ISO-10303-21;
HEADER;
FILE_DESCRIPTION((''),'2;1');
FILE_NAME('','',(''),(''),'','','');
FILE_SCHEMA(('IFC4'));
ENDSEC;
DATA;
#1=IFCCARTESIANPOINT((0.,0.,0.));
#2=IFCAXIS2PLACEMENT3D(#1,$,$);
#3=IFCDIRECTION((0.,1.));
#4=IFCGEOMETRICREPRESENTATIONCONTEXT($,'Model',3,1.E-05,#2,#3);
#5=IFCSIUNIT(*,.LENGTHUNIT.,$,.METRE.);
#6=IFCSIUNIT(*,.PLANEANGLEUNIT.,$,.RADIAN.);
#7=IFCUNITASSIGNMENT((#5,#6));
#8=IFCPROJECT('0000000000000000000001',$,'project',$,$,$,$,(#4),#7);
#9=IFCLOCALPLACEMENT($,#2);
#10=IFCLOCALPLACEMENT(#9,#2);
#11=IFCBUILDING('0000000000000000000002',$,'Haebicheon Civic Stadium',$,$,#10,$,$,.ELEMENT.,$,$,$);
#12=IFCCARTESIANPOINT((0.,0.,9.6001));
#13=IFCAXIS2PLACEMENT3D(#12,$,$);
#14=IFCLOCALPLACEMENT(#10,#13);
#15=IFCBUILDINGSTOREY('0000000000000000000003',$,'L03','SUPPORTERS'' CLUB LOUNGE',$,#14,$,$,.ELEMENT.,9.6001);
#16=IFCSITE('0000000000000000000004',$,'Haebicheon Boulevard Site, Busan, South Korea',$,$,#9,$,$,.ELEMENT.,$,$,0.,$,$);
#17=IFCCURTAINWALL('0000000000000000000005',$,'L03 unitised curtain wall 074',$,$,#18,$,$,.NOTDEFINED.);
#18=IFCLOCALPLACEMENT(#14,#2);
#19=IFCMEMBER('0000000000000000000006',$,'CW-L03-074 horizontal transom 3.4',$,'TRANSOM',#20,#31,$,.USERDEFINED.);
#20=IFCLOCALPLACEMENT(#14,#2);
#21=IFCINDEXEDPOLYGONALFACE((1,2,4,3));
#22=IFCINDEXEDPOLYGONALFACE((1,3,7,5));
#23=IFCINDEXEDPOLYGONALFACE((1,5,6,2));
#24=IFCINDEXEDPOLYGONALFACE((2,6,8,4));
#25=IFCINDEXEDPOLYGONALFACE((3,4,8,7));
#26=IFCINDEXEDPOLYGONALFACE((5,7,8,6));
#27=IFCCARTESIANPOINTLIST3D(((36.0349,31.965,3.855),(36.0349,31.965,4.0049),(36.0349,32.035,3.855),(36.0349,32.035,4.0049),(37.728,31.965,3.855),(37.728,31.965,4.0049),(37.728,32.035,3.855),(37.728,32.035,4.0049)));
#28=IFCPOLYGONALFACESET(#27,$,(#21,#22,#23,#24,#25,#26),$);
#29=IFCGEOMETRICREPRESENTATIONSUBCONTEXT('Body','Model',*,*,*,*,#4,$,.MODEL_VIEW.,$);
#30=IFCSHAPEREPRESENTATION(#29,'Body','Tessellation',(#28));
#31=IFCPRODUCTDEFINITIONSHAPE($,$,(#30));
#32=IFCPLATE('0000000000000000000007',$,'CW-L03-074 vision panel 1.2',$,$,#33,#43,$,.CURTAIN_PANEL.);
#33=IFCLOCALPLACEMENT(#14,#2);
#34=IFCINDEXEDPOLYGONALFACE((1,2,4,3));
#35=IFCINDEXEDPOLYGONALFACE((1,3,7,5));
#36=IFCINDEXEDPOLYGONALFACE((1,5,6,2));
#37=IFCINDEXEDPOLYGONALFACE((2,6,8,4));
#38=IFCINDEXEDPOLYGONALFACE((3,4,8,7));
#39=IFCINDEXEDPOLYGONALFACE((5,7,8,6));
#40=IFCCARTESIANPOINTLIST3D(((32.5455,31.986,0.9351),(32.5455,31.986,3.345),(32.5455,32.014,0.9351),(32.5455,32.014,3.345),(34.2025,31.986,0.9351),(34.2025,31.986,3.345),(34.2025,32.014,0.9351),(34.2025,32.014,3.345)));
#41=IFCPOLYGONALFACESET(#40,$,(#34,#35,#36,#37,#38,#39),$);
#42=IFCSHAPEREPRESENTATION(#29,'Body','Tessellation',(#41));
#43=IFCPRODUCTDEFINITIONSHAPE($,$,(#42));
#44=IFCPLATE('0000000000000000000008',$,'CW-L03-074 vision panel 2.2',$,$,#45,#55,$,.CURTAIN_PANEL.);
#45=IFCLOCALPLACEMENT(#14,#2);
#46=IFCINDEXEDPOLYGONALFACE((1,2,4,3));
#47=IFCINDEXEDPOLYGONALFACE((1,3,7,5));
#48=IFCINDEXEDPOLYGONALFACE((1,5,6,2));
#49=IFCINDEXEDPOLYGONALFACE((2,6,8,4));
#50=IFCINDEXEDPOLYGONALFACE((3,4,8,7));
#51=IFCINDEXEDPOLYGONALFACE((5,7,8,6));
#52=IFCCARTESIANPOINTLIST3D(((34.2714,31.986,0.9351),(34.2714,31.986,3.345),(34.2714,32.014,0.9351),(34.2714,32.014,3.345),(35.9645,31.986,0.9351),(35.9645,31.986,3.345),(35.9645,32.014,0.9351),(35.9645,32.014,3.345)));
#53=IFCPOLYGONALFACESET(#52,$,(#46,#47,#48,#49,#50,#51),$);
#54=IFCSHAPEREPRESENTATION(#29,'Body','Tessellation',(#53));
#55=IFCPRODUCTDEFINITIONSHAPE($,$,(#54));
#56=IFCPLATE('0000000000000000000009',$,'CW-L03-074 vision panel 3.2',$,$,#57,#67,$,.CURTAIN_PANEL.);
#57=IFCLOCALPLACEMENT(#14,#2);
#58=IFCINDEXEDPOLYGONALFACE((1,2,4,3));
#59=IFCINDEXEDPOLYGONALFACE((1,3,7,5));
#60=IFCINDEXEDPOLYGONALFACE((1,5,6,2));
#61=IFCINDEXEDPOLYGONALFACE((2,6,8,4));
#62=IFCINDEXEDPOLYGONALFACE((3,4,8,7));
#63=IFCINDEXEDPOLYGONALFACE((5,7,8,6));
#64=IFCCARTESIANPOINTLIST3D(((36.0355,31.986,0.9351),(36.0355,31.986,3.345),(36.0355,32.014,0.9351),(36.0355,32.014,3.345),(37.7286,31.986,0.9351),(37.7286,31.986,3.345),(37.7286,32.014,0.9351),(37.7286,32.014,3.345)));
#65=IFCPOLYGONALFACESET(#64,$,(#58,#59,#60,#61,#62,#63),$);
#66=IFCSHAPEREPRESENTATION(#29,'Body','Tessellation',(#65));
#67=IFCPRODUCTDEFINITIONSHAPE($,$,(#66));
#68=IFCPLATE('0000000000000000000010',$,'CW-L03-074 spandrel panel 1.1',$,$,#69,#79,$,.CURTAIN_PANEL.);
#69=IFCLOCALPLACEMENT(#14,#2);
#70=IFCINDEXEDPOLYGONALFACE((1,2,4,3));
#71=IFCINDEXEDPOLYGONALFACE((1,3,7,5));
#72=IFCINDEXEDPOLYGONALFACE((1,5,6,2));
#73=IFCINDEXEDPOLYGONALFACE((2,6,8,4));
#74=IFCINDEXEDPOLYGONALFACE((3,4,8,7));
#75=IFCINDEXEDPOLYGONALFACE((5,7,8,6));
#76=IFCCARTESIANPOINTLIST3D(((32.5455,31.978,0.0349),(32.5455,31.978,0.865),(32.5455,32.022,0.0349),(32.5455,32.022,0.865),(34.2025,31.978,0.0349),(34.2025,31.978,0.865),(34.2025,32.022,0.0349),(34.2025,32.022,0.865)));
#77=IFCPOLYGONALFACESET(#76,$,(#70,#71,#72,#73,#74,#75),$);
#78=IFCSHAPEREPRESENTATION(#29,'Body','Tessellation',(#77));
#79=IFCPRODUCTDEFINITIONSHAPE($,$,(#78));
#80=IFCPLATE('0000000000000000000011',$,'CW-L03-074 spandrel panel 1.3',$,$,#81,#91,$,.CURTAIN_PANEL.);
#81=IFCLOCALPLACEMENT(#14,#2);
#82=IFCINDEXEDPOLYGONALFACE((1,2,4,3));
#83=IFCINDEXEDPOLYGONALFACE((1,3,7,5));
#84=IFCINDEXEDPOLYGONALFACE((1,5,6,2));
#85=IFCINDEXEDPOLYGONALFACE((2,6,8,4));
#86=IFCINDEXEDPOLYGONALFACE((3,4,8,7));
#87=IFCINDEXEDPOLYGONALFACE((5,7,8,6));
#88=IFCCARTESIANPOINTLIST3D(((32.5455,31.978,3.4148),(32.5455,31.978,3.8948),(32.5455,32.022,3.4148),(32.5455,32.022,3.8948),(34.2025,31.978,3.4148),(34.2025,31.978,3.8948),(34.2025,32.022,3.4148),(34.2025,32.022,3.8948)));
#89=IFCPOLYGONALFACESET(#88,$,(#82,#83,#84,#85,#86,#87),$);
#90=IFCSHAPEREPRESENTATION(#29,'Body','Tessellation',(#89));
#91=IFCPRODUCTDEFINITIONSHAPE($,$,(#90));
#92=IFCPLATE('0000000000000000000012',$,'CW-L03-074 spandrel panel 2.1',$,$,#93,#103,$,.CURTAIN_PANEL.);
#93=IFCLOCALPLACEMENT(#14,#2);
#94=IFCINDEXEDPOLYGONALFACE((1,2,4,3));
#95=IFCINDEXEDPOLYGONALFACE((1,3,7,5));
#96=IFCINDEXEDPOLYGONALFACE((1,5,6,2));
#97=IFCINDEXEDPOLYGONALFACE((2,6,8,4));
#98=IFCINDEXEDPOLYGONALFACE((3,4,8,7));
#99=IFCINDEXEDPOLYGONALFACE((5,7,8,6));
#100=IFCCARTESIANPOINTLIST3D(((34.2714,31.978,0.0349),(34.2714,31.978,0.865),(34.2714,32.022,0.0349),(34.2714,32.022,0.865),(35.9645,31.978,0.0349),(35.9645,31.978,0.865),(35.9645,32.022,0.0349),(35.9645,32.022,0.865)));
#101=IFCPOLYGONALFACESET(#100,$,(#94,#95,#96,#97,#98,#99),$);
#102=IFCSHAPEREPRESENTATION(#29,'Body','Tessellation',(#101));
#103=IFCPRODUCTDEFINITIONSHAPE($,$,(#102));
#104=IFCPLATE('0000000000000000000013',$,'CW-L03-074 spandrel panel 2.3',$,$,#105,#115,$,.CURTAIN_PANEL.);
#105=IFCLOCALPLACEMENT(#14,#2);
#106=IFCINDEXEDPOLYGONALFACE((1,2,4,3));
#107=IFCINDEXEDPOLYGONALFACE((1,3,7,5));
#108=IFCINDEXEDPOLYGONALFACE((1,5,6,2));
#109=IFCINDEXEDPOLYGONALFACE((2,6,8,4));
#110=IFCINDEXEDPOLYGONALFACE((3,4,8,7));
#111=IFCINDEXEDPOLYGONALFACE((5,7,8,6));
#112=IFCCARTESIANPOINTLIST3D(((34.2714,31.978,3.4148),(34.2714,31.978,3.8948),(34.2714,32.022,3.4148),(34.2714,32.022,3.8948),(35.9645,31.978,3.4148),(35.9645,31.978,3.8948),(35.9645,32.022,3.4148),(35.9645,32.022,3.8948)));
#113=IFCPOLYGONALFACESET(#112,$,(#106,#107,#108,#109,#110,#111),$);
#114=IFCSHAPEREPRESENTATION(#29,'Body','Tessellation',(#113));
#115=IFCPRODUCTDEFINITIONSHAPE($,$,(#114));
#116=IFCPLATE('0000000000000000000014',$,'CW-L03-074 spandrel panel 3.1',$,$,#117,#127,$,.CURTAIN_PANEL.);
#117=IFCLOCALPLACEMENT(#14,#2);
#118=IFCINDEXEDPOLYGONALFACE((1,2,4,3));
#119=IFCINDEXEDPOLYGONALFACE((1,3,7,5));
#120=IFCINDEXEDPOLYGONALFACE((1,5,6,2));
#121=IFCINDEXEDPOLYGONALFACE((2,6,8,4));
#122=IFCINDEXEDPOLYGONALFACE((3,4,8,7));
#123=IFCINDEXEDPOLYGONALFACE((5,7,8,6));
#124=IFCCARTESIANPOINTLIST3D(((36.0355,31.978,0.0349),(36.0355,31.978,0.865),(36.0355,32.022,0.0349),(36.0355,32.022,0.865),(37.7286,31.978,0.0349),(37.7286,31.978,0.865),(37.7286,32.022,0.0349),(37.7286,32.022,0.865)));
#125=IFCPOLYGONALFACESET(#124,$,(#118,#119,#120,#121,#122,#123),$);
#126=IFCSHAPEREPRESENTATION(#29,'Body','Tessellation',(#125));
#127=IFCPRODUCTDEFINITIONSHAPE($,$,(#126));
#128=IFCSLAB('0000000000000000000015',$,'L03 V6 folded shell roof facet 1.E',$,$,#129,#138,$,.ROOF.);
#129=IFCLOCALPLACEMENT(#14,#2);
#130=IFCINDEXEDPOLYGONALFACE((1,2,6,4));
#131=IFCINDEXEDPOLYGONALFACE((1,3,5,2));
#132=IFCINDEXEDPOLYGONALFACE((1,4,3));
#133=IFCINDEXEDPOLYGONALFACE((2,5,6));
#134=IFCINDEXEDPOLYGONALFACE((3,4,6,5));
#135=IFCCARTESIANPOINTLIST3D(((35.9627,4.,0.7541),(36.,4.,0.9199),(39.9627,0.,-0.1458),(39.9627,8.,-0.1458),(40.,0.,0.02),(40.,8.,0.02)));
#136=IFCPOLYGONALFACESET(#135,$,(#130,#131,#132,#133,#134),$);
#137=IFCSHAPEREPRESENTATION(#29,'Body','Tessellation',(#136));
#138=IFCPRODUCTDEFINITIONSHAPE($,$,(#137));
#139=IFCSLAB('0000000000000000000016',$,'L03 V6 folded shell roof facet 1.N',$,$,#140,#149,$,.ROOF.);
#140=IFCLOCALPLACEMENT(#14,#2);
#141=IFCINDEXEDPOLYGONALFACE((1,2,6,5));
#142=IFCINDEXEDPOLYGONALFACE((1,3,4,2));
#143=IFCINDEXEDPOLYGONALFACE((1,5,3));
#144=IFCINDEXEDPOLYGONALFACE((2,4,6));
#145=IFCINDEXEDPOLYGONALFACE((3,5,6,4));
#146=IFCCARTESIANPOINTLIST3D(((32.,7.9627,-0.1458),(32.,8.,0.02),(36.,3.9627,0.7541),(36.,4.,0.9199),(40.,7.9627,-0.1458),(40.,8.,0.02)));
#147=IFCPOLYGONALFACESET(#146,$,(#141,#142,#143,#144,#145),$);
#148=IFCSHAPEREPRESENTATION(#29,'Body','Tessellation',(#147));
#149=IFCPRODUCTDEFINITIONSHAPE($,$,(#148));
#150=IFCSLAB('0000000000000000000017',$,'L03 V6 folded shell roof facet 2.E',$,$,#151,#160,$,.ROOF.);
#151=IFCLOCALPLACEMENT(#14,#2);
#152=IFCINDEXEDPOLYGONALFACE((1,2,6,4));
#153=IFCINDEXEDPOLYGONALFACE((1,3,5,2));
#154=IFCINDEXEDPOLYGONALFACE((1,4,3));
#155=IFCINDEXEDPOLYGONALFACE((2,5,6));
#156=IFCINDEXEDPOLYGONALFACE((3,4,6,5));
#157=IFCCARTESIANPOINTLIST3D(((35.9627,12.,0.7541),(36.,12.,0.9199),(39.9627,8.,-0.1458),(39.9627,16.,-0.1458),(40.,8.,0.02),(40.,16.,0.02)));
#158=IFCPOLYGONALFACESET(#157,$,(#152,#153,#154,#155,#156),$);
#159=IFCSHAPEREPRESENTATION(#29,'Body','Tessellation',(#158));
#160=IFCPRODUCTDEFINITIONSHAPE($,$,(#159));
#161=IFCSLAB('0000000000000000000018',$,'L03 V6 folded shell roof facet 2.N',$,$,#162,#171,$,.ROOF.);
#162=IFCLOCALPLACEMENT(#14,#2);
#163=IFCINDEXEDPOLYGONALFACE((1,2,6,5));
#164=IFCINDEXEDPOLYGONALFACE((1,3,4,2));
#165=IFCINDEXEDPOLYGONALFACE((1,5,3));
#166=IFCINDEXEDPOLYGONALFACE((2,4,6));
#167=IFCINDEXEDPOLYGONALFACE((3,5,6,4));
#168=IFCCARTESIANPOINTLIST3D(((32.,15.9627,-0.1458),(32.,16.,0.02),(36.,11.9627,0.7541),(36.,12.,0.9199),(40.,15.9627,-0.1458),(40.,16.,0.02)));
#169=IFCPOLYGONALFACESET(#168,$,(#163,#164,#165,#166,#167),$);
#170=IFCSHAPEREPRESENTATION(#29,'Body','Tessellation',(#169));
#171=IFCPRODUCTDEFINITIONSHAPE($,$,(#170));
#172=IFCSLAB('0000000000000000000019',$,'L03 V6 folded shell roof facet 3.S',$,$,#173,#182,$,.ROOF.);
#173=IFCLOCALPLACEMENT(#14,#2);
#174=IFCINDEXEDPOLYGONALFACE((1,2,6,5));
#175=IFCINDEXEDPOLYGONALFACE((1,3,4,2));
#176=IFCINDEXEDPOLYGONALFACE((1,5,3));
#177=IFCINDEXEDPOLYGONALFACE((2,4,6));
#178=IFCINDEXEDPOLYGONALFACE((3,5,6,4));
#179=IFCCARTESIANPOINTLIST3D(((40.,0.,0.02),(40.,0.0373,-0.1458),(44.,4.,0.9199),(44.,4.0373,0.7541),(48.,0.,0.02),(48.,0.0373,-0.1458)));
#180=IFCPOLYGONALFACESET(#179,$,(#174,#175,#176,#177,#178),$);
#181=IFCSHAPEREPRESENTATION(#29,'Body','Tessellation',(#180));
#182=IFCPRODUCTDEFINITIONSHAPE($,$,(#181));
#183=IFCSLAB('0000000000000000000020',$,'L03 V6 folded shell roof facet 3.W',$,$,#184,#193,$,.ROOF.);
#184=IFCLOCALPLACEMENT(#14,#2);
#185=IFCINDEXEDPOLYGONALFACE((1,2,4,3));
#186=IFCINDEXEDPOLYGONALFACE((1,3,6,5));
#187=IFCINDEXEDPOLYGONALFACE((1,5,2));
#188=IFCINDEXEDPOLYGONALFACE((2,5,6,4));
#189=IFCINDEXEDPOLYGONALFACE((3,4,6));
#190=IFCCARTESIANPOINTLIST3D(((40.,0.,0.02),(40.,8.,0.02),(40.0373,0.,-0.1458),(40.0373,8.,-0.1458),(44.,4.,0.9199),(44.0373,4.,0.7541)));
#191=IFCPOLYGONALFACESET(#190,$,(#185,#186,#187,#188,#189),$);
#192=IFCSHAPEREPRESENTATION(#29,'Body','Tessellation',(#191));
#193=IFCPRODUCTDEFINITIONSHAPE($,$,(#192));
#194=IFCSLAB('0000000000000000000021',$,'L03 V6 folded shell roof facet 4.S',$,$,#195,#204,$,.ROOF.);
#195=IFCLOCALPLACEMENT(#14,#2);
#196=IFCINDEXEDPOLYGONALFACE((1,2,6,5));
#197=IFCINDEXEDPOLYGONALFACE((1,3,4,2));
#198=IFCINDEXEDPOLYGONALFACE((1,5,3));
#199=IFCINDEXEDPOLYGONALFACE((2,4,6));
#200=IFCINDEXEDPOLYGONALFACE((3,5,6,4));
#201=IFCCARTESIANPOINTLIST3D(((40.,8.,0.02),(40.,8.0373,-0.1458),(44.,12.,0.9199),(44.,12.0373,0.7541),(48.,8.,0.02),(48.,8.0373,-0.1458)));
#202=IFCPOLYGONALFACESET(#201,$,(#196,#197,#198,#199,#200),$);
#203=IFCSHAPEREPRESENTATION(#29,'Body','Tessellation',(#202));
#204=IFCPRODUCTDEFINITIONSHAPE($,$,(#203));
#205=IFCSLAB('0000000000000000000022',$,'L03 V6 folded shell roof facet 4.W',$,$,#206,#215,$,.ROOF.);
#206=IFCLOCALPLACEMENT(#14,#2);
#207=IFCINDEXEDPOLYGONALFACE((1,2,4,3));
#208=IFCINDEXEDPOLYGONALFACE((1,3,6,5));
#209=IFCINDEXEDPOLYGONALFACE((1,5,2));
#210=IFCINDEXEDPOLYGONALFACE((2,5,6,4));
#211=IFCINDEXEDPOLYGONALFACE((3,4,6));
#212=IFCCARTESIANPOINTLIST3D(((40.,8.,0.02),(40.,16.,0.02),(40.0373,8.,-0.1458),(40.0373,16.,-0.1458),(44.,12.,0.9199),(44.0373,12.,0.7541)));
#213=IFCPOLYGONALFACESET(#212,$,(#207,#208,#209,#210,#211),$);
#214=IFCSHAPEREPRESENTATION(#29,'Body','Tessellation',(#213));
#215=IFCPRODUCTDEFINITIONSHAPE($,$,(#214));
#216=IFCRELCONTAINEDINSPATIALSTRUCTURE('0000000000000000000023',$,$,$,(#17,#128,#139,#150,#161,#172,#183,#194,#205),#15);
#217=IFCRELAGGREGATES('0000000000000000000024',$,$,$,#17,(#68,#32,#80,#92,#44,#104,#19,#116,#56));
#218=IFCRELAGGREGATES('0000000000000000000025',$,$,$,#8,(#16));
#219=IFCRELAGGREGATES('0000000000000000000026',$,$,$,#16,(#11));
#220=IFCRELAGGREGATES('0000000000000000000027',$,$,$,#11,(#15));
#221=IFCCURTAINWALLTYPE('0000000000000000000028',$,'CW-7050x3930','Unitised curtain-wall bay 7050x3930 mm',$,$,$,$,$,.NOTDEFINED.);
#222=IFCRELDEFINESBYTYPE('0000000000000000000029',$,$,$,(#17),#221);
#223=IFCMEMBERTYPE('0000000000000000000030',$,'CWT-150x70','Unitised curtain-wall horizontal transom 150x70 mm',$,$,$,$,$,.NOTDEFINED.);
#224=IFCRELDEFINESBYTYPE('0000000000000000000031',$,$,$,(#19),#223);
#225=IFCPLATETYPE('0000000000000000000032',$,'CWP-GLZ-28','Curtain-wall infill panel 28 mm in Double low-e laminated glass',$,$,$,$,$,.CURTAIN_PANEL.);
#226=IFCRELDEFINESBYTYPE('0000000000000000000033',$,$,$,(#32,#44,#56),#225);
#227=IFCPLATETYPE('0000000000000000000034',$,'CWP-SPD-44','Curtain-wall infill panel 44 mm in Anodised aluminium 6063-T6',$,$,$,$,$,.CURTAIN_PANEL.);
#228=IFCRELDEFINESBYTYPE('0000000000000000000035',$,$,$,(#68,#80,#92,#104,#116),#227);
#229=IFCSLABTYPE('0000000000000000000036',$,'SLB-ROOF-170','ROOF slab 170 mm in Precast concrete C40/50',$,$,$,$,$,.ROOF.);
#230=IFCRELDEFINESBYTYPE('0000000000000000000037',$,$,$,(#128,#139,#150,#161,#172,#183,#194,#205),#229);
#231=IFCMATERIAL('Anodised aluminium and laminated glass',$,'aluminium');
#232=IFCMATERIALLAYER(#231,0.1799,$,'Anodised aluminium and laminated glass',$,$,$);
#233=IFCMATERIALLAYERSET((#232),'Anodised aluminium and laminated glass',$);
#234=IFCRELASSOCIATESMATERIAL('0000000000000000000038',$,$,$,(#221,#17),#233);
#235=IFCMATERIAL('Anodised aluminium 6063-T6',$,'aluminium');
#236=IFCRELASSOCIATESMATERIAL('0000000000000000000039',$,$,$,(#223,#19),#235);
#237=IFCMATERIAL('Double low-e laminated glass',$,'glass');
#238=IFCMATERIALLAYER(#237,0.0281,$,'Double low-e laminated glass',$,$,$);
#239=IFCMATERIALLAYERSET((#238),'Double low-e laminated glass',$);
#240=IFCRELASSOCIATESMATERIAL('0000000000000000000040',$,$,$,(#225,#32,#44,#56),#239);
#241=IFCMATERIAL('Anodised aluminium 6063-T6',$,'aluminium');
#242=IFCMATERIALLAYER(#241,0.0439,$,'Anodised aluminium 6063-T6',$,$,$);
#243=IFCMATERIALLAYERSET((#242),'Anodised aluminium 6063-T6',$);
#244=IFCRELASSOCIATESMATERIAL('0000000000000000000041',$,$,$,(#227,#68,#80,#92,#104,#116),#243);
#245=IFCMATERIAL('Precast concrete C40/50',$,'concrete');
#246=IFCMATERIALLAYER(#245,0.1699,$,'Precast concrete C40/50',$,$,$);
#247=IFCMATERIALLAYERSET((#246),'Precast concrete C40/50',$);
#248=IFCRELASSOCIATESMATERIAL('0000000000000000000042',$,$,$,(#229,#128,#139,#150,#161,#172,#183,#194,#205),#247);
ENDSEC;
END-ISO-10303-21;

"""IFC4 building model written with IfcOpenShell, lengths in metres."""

from ifc_helpers import new_model, si_unit, direction, frame, origin, origin_2d, place, context, subcontext, project, spatial, polyline, rectangle, outline, extrude, material, layer, layer_set, material_profile, profile_set, type_object, element, aggregate, save


model = new_model("IFC4")

# Units and contexts
model_context = context("Model", 3, precision=1e-05, world=origin(), true_north=direction((0.0, 1.0)))
body_context = subcontext(model_context, "Body", "Model", "MODEL_VIEW")
ifc_project = project(units=[si_unit("LENGTHUNIT", "METRE"), si_unit("PLANEANGLEUNIT", "RADIAN")], contexts=[model_context])

# Site, building, storey
site_placement = place(None, origin())
site = spatial("IfcSite", under=ifc_project, at=site_placement, Name="Haebicheon Boulevard Site, Busan, South Korea", CompositionType="ELEMENT", RefElevation=0.0)
building_placement = place(site_placement, origin())
building = spatial("IfcBuilding", under=site, at=building_placement, Name="Haebicheon Civic Stadium", CompositionType="ELEMENT")
storey_placement = place(building_placement, frame((0.0, 0.0, 9.6001)))
storey = spatial("IfcBuildingStorey", under=building, at=storey_placement, Name="L03", Description="SUPPORTERS' CLUB LOUNGE", CompositionType="ELEMENT", Elevation=9.6001)

# Curtain wall, member, plates
ifc_material_1 = material(Name="Anodised aluminium and laminated glass", Category="aluminium")
ifc_layer_1 = layer(ifc_material_1, 0.1799, Name="Anodised aluminium and laminated glass")
ifc_layer_set_1 = layer_set([ifc_layer_1], Name="Anodised aluminium and laminated glass")
curtain_wall_type = type_object("IfcCurtainWallType", Name="CW-7050x3930", Description="Unitised curtain-wall bay 7050x3930 mm", PredefinedType="NOTDEFINED", material=ifc_layer_set_1)
curtain_wall_placement = place(storey_placement, origin())
curtain_wall = element("IfcCurtainWall", 1, at=curtain_wall_placement, inside=storey, type_object=curtain_wall_type, material=ifc_layer_set_1, Name="L03 unitised curtain wall 074", PredefinedType="NOTDEFINED")
ifc_material_2 = material(Name="Anodised aluminium 6063-T6", Category="aluminium")
ifc_material_profile_1 = material_profile(ifc_material_2, rectangle(XDim=0.0701, YDim=0.1499, at=origin_2d()), Name="ALU-TRAN-70x150")
ifc_profile_set_1 = profile_set([ifc_material_profile_1], Name="Anodised aluminium 6063-T6")
member_type_1 = type_object("IfcMemberType", Name="CWT-150x70", Description="Unitised curtain-wall horizontal transom 150x70 mm", PredefinedType="NOTDEFINED", material=ifc_profile_set_1)
member_1_placement = place(storey_placement, frame((36.0349, 32.0, 3.9299), z_axis=(1.0, 0.0, 0.0), x_axis=(0.0, 1.0, 0.0)))
member_1 = element("IfcMember", 2, at=member_1_placement, type_object=member_type_1, material=ifc_profile_set_1, Name="CW-L03-074 horizontal transom 3.4", ObjectType="TRANSOM", PredefinedType="USERDEFINED", context=body_context, shape_type="SweptSolid", body=[
    extrude(rectangle(XDim=0.0701, YDim=0.1499, at=origin_2d()), origin(), (0.0, 0.0, 1.0), 1.6931),
])
ifc_material_3 = material(Name="Double low-e laminated glass", Category="glass")
ifc_layer_2 = layer(ifc_material_3, 0.0281, Name="Double low-e laminated glass")
ifc_layer_set_2 = layer_set([ifc_layer_2], Name="Double low-e laminated glass")
plate_type_1 = type_object("IfcPlateType", Name="CWP-GLZ-28", Description="Curtain-wall infill panel 28 mm in Double low-e laminated glass", PredefinedType="CURTAIN_PANEL", material=ifc_layer_set_2)
plate_1_placement = place(storey_placement, frame((33.374, 32.0, 0.9351), z_axis=(0.0, 0.0, 1.0), x_axis=(1.0, 0.0, 0.0)))
plate_1 = element("IfcPlate", 3, at=plate_1_placement, type_object=plate_type_1, material=ifc_layer_set_2, Name="CW-L03-074 vision panel 1.2", PredefinedType="CURTAIN_PANEL", context=body_context, shape_type="SweptSolid", body=[
    extrude(rectangle(XDim=1.657, YDim=0.0281, at=origin_2d()), origin(), (0.0, 0.0, 1.0), 2.4099),
])
plate_2_placement = place(storey_placement, frame((35.1179, 32.0, 0.9351), z_axis=(0.0, 0.0, 1.0), x_axis=(1.0, 0.0, 0.0)))
plate_2 = element("IfcPlate", 4, at=plate_2_placement, type_object=plate_type_1, material=ifc_layer_set_2, Name="CW-L03-074 vision panel 2.2", PredefinedType="CURTAIN_PANEL", context=body_context, shape_type="SweptSolid", body=[
    extrude(rectangle(XDim=1.6931, YDim=0.0281, at=origin_2d()), origin(), (0.0, 0.0, 1.0), 2.4099),
])
plate_3_placement = place(storey_placement, frame((36.8821, 32.0, 0.9351), z_axis=(0.0, 0.0, 1.0), x_axis=(1.0, 0.0, 0.0)))
plate_3 = element("IfcPlate", 5, at=plate_3_placement, type_object=plate_type_1, material=ifc_layer_set_2, Name="CW-L03-074 vision panel 3.2", PredefinedType="CURTAIN_PANEL", context=body_context, shape_type="SweptSolid", body=[
    extrude(rectangle(XDim=1.6931, YDim=0.0281, at=origin_2d()), origin(), (0.0, 0.0, 1.0), 2.4099),
])
ifc_material_4 = material(Name="Anodised aluminium 6063-T6", Category="aluminium")
ifc_layer_3 = layer(ifc_material_4, 0.0439, Name="Anodised aluminium 6063-T6")
ifc_layer_set_3 = layer_set([ifc_layer_3], Name="Anodised aluminium 6063-T6")
plate_type_2 = type_object("IfcPlateType", Name="CWP-SPD-44", Description="Curtain-wall infill panel 44 mm in Anodised aluminium 6063-T6", PredefinedType="CURTAIN_PANEL", material=ifc_layer_set_3)
plate_4_placement = place(storey_placement, frame((33.374, 32.0, 0.0349), z_axis=(0.0, 0.0, 1.0), x_axis=(1.0, 0.0, 0.0)))
plate_4 = element("IfcPlate", 6, at=plate_4_placement, type_object=plate_type_2, material=ifc_layer_set_3, Name="CW-L03-074 spandrel panel 1.1", PredefinedType="CURTAIN_PANEL", context=body_context, shape_type="SweptSolid", body=[
    extrude(rectangle(XDim=1.657, YDim=0.0439, at=origin_2d()), origin(), (0.0, 0.0, 1.0), 0.8301),
])
plate_5_placement = place(storey_placement, frame((33.374, 32.0, 3.4148), z_axis=(0.0, 0.0, 1.0), x_axis=(1.0, 0.0, 0.0)))
plate_5 = element("IfcPlate", 7, at=plate_5_placement, type_object=plate_type_2, material=ifc_layer_set_3, Name="CW-L03-074 spandrel panel 1.3", PredefinedType="CURTAIN_PANEL", context=body_context, shape_type="SweptSolid", body=[
    extrude(rectangle(XDim=1.657, YDim=0.0439, at=origin_2d()), origin(), (0.0, 0.0, 1.0), 0.48),
])
plate_6_placement = place(storey_placement, frame((35.1179, 32.0, 0.0349), z_axis=(0.0, 0.0, 1.0), x_axis=(1.0, 0.0, 0.0)))
plate_6 = element("IfcPlate", 8, at=plate_6_placement, type_object=plate_type_2, material=ifc_layer_set_3, Name="CW-L03-074 spandrel panel 2.1", PredefinedType="CURTAIN_PANEL", context=body_context, shape_type="SweptSolid", body=[
    extrude(rectangle(XDim=1.6931, YDim=0.0439, at=origin_2d()), origin(), (0.0, 0.0, 1.0), 0.8301),
])
plate_7_placement = place(storey_placement, frame((35.1179, 32.0, 3.4148), z_axis=(0.0, 0.0, 1.0), x_axis=(1.0, 0.0, 0.0)))
plate_7 = element("IfcPlate", 9, at=plate_7_placement, type_object=plate_type_2, material=ifc_layer_set_3, Name="CW-L03-074 spandrel panel 2.3", PredefinedType="CURTAIN_PANEL", context=body_context, shape_type="SweptSolid", body=[
    extrude(rectangle(XDim=1.6931, YDim=0.0439, at=origin_2d()), origin(), (0.0, 0.0, 1.0), 0.48),
])
plate_8_placement = place(storey_placement, frame((36.8821, 32.0, 0.0349), z_axis=(0.0, 0.0, 1.0), x_axis=(1.0, 0.0, 0.0)))
plate_8 = element("IfcPlate", 10, at=plate_8_placement, type_object=plate_type_2, material=ifc_layer_set_3, Name="CW-L03-074 spandrel panel 3.1", PredefinedType="CURTAIN_PANEL", context=body_context, shape_type="SweptSolid", body=[
    extrude(rectangle(XDim=1.6931, YDim=0.0439, at=origin_2d()), origin(), (0.0, 0.0, 1.0), 0.8301),
])
aggregate(curtain_wall, [plate_4, plate_1, plate_5, plate_6, plate_2, plate_7, member_1, plate_8, plate_3])

# Slabs
ifc_material_5 = material(Name="Precast concrete C40/50", Category="concrete")
ifc_layer_4 = layer(ifc_material_5, 0.1699, Name="Precast concrete C40/50")
ifc_layer_set_4 = layer_set([ifc_layer_4], Name="Precast concrete C40/50")
slab_type = type_object("IfcSlabType", Name="SLB-ROOF-170", Description="ROOF slab 170 mm in Precast concrete C40/50", PredefinedType="ROOF", material=ifc_layer_set_4)
for number, where, z_axis, x_axis, name in (
    (11, (40.0, 0.0, 0.02), (0.21949, 0.0, 0.975615), (0.0, 1.0, 0.0), "L03 V6 folded shell roof facet 1.E"),
    (12, (40.0, 8.0, 0.02), (0.0, 0.21949, 0.975615), (-1.0, 0.0, 0.0), "L03 V6 folded shell roof facet 1.N"),
    (13, (40.0, 8.0, 0.02), (0.21949, 0.0, 0.975615), (0.0, 1.0, 0.0), "L03 V6 folded shell roof facet 2.E"),
    (14, (40.0, 16.0, 0.02), (0.0, 0.21949, 0.975615), (-1.0, 0.0, 0.0), "L03 V6 folded shell roof facet 2.N"),
    (15, (40.0, 0.0, 0.02), (0.0, -0.21949, 0.975615), (1.0, 0.0, 0.0), "L03 V6 folded shell roof facet 3.S"),
    (16, (40.0, 8.0, 0.02), (-0.21949, 0.0, 0.975615), (0.0, -1.0, 0.0), "L03 V6 folded shell roof facet 3.W"),
    (17, (40.0, 8.0, 0.02), (0.0, -0.21949, 0.975615), (1.0, 0.0, 0.0), "L03 V6 folded shell roof facet 4.S"),
    (18, (40.0, 16.0, 0.02), (-0.21949, 0.0, 0.975615), (0.0, -1.0, 0.0), "L03 V6 folded shell roof facet 4.W"),
):
    element("IfcSlab", number, at=place(storey_placement, frame(where, z_axis=z_axis, x_axis=x_axis)), inside=storey, type_object=slab_type, material=ifc_layer_set_4, Name=name, PredefinedType="ROOF", context=body_context, shape_type="SweptSolid", body=[
        extrude(outline(polyline([(0.0, 0.0), (8.0, 0.0), (4.0, 4.1), (0.0, 0.0)])), origin(), (0.0, 0.0, -1.0), 0.1699),
    ])

save(model, "model.ifc")
